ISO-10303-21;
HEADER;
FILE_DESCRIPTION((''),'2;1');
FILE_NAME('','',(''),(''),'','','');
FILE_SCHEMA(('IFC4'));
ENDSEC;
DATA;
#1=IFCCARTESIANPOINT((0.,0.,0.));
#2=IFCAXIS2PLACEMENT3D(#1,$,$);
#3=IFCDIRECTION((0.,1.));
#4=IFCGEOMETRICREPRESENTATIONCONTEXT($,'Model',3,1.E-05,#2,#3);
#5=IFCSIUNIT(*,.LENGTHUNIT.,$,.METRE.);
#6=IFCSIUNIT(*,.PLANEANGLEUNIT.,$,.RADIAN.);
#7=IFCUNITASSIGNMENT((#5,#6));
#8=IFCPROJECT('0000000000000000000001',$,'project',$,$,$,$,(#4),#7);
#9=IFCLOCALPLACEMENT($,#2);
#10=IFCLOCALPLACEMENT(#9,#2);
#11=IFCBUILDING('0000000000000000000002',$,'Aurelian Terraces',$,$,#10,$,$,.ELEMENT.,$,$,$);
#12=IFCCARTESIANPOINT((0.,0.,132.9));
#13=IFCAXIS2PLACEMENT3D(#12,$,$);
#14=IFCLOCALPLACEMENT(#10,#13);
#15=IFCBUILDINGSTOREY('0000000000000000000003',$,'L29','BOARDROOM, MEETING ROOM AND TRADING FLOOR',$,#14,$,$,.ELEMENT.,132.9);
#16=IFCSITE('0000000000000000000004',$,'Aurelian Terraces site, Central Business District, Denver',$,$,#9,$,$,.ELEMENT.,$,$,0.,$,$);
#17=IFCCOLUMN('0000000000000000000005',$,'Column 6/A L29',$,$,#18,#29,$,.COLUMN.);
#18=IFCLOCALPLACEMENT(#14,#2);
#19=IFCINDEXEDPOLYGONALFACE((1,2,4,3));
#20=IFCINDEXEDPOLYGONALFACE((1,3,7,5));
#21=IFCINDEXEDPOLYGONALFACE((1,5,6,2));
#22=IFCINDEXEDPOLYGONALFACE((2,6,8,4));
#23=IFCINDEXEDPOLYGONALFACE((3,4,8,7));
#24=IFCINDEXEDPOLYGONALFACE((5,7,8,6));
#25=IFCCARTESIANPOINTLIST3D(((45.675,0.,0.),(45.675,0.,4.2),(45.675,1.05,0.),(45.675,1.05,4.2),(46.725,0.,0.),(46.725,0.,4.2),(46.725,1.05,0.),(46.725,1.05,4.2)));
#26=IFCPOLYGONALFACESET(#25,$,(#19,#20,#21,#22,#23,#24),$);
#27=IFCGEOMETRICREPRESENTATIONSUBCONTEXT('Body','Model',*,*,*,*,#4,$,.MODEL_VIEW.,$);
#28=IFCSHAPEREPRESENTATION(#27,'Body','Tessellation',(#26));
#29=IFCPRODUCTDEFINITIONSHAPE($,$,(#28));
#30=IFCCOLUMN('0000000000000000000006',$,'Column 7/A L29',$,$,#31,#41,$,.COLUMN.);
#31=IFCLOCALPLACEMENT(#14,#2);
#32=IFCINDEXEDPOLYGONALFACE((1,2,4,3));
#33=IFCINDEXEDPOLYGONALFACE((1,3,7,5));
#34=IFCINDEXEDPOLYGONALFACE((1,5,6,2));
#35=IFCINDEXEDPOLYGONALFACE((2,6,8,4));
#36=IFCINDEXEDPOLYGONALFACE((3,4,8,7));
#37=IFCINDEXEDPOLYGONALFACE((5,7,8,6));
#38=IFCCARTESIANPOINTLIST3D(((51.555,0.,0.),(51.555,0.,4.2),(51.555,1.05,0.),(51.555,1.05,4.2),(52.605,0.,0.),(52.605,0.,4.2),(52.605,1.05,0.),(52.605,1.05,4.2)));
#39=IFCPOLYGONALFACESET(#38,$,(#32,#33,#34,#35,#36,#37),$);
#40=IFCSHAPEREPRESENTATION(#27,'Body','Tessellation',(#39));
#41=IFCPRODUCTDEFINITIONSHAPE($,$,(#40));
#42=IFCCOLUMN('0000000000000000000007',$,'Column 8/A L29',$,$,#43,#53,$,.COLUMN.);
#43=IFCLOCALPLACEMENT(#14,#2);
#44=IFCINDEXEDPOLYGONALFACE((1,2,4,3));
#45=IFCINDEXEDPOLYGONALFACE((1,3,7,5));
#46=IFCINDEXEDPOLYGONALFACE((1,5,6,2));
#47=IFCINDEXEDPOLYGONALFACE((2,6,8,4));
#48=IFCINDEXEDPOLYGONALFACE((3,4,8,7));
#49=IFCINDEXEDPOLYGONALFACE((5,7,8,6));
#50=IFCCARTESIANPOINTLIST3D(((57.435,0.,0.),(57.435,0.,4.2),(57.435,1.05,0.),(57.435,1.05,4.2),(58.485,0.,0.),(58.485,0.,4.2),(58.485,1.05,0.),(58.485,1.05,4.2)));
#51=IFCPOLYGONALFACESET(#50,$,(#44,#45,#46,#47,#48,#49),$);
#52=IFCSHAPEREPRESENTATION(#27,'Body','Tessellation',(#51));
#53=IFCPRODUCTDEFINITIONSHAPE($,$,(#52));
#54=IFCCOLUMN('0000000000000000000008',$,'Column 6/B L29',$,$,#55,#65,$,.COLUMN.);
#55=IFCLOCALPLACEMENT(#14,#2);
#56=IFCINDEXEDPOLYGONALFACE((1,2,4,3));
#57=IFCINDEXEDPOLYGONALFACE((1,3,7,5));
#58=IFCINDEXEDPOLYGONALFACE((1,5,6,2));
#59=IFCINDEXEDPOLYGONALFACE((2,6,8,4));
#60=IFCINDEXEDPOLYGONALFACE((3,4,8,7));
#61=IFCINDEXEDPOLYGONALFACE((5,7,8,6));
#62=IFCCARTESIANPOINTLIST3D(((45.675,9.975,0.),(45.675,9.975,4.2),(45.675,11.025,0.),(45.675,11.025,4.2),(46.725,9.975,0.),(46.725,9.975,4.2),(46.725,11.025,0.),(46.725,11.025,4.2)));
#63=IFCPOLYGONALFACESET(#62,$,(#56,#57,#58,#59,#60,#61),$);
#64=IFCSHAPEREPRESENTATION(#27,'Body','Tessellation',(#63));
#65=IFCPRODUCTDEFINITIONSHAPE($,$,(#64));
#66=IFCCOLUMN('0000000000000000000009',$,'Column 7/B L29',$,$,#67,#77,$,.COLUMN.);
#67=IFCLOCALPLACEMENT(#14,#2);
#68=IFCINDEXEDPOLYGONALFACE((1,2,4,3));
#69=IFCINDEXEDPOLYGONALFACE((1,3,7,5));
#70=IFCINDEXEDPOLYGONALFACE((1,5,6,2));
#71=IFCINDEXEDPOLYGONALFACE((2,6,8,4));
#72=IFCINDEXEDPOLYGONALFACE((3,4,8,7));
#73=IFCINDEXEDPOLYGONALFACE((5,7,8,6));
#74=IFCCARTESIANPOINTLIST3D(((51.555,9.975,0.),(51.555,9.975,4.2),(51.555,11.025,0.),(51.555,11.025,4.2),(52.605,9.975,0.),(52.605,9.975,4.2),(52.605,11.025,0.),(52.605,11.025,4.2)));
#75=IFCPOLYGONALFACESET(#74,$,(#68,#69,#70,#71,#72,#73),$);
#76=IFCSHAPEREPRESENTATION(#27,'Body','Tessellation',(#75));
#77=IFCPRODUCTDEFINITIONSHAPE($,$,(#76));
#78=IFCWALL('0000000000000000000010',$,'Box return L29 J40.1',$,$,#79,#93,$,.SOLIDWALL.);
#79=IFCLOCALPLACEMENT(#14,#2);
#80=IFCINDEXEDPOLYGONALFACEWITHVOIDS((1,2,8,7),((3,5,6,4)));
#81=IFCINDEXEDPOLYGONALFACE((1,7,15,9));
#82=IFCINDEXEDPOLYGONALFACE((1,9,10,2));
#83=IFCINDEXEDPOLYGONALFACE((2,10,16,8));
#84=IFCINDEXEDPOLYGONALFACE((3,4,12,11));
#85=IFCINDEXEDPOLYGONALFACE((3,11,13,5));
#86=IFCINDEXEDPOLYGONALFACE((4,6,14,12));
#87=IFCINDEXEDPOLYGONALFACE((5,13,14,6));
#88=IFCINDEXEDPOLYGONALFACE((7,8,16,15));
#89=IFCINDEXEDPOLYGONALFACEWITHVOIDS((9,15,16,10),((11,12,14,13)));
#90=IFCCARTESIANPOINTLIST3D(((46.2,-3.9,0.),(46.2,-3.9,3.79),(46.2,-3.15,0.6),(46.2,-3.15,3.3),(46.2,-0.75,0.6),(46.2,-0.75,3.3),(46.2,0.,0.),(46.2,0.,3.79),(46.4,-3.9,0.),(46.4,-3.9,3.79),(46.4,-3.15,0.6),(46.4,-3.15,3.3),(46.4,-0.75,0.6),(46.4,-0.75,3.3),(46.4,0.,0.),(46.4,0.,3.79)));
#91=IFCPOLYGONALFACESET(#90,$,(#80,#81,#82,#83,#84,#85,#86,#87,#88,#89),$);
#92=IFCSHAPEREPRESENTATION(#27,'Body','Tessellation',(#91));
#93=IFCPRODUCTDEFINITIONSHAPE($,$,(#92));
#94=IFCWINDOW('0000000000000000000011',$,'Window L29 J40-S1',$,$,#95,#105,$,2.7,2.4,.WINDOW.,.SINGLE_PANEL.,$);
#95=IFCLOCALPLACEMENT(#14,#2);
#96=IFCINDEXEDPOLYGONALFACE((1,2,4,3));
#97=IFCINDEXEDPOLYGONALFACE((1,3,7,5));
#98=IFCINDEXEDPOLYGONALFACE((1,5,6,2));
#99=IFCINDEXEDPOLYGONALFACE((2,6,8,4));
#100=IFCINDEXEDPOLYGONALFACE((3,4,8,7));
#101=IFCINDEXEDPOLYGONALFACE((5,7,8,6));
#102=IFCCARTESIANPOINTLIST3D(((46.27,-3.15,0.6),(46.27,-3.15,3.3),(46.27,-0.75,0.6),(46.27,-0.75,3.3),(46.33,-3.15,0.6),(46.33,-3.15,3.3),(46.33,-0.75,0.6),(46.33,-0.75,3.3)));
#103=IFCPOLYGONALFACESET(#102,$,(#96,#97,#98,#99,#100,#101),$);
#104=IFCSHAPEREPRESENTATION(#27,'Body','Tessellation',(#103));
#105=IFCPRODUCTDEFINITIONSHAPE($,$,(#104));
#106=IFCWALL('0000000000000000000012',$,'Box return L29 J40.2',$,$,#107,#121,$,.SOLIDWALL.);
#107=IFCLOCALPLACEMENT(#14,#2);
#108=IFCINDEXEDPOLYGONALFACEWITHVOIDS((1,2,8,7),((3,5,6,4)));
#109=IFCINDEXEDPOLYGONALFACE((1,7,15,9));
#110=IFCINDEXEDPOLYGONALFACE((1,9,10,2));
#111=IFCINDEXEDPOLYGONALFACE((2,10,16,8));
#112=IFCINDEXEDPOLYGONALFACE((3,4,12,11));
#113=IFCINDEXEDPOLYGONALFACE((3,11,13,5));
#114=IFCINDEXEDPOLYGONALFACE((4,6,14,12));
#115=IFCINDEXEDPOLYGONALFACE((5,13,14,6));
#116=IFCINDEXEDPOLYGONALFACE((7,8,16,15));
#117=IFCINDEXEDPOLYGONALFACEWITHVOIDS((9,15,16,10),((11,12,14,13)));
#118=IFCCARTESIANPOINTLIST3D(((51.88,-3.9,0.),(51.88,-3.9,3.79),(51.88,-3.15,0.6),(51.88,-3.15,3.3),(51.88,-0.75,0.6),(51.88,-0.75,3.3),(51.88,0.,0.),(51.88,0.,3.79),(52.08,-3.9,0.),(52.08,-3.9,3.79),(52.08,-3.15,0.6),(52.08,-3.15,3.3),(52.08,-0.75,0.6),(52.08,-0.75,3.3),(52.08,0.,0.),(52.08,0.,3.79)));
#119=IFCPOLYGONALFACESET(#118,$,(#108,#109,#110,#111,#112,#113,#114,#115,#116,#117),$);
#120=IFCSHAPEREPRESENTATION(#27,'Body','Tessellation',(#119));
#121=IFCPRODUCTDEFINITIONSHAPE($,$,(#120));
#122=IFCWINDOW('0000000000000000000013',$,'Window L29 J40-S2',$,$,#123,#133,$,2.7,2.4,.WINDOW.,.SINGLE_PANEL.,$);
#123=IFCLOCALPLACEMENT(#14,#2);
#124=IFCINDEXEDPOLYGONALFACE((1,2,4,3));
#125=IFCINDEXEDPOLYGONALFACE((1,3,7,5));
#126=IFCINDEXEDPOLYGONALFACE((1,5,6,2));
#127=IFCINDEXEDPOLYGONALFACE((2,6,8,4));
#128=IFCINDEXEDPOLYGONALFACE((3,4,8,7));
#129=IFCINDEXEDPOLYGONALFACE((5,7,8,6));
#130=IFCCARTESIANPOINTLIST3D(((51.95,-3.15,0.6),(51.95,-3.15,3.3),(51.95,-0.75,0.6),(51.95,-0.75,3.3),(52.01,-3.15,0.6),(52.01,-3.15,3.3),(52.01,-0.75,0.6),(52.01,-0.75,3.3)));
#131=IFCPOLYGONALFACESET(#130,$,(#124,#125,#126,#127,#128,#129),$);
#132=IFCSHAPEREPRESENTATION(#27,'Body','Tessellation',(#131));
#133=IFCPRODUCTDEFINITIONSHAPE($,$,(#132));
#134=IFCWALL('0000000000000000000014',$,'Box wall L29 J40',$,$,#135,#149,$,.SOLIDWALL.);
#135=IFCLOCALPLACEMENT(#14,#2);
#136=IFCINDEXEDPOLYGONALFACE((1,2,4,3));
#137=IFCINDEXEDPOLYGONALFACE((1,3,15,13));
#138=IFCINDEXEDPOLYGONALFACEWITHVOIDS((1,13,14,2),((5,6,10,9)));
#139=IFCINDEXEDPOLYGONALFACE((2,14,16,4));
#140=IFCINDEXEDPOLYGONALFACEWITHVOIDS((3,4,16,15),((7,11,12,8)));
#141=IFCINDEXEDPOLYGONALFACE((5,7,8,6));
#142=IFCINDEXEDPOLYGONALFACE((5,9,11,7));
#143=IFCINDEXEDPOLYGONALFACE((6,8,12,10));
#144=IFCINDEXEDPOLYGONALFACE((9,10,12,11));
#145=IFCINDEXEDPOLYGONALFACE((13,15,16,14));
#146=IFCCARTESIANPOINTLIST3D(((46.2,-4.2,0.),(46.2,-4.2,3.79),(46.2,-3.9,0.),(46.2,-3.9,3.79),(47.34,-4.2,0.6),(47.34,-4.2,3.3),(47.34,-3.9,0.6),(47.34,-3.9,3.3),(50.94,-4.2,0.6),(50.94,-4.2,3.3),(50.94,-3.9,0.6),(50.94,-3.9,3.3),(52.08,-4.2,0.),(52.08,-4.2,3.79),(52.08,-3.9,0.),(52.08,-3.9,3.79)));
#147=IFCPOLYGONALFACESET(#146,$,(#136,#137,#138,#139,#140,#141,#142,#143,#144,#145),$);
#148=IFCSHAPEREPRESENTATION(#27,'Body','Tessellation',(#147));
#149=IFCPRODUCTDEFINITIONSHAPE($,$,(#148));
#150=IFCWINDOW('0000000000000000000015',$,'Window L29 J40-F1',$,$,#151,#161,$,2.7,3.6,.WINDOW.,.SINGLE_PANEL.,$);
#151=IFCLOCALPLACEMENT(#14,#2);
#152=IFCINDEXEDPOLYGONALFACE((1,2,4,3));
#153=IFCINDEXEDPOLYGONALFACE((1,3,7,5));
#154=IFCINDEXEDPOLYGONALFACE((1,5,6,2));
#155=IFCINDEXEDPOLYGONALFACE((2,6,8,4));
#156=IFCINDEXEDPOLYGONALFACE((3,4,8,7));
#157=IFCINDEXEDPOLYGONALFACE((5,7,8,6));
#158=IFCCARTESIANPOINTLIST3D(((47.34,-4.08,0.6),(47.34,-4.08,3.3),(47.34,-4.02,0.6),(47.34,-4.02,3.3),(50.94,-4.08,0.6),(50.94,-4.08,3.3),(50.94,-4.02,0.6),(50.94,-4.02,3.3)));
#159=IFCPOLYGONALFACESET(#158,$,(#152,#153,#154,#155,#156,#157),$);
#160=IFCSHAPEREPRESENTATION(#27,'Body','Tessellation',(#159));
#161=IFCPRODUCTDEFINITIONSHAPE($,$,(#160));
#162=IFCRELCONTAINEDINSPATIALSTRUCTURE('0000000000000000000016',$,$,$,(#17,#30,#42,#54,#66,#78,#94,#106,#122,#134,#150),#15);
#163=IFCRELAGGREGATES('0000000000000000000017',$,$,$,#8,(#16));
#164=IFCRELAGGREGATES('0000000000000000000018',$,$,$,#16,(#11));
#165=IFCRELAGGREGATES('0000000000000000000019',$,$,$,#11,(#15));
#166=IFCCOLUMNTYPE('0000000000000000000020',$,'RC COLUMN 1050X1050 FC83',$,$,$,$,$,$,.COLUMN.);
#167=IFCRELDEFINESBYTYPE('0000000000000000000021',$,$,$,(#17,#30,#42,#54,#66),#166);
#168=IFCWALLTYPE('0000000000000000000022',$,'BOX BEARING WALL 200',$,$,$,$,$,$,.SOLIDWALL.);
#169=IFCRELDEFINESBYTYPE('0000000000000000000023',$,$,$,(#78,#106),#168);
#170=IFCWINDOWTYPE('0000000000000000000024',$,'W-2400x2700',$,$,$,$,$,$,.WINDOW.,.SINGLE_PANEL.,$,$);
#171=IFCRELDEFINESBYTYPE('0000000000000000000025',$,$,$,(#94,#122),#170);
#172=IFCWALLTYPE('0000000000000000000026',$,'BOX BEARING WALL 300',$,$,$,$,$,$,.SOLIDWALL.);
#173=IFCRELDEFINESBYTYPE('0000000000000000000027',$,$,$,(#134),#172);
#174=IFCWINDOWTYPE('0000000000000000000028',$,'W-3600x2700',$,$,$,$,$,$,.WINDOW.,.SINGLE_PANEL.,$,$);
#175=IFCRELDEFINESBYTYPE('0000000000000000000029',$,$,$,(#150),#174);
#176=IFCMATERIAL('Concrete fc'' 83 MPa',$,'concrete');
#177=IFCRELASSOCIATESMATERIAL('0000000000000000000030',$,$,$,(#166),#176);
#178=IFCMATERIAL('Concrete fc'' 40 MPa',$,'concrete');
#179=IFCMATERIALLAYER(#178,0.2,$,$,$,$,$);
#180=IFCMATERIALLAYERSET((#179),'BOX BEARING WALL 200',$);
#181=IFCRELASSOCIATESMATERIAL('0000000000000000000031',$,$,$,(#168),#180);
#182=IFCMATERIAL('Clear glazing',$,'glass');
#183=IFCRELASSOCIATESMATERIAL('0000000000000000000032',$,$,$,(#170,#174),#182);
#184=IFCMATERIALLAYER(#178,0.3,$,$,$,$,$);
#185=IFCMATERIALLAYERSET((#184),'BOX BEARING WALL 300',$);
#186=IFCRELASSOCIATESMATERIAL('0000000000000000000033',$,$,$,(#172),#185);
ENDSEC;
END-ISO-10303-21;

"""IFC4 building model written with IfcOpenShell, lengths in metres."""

from ifc_helpers import new_model, si_unit, direction, frame, frame_2d, origin, origin_2d, place, context, subcontext, project, spatial, rectangle, extrude, source, transform, mapped, material, layer, layer_set, material_profile, profile_set, type_object, element, fill, save


model = new_model("IFC4")

# Units and contexts
model_context = context("Model", 3, precision=1e-05, world=origin(), true_north=direction((0.0, 1.0)))
body_context = subcontext(model_context, "Body", "Model", "MODEL_VIEW")
ifc_project = project(units=[si_unit("LENGTHUNIT", "METRE"), si_unit("PLANEANGLEUNIT", "RADIAN")], contexts=[model_context])

# Site, building, storey
site_placement = place(None, origin())
site = spatial("IfcSite", under=ifc_project, at=site_placement, Name="Aurelian Terraces site, Central Business District, Denver", CompositionType="ELEMENT", RefElevation=0.0)
building_placement = place(site_placement, origin())
building = spatial("IfcBuilding", under=site, at=building_placement, Name="Aurelian Terraces", CompositionType="ELEMENT")
storey_placement = place(building_placement, frame((0.0, 0.0, 132.9)))
storey = spatial("IfcBuildingStorey", under=building, at=storey_placement, Name="L29", Description="BOARDROOM, MEETING ROOM AND TRADING FLOOR", CompositionType="ELEMENT", Elevation=132.9)

# Columns
ifc_material_1 = material(Name="Concrete fc' 83 MPa", Category="concrete")
ifc_material_profile = material_profile(ifc_material_1, rectangle(XDim=1.05, YDim=1.05, at=origin_2d()))
ifc_profile_set = profile_set([ifc_material_profile], Name="Concrete fc' 83 MPa")
column_type = type_object("IfcColumnType", Name="RC COLUMN 1050X1050 FC83", PredefinedType="COLUMN", material=ifc_profile_set)
shared_shape_1 = source(origin(), body_context, "Body", "SweptSolid", [
    extrude(rectangle(XDim=1.05, YDim=1.05, at=origin_2d()), origin(), (0.0, 0.0, 1.0), 4.2),
])
for number, where, z_axis, x_axis, name in (
    (1, (46.2, 0.525, 0.0), (0.0, 0.0, 1.0), (1.0, 0.0, 0.0), "Column 6/A L29"),
    (2, (52.08, 0.525, 0.0), (0.0, 0.0, 1.0), (1.0, 0.0, 0.0), "Column 7/A L29"),
    (3, (57.96, 0.525, 0.0), (0.0, 0.0, 1.0), (1.0, 0.0, 0.0), "Column 8/A L29"),
    (4, (46.2, 10.5, 0.0), (0.0, 0.0, 1.0), (1.0, 0.0, 0.0), "Column 6/B L29"),
    (5, (52.08, 10.5, 0.0), (0.0, 0.0, 1.0), (1.0, 0.0, 0.0), "Column 7/B L29"),
):
    element("IfcColumn", number, at=place(storey_placement, frame(where, z_axis=z_axis, x_axis=x_axis)), inside=storey, type_object=column_type, Name=name, PredefinedType="COLUMN", context=body_context, shape_type="MappedRepresentation", body=[
        mapped(shared_shape_1, transform((0.0, 0.0, 0.0), scale=1.0)),
    ])

# Walls, openings, windows
ifc_material_2 = material(Name="Concrete fc' 40 MPa", Category="concrete")
ifc_layer_1 = layer(ifc_material_2, 0.2)
ifc_layer_set_1 = layer_set([ifc_layer_1], Name="BOX BEARING WALL 200")
wall_type_1 = type_object("IfcWallType", Name="BOX BEARING WALL 200", PredefinedType="SOLIDWALL", material=ifc_layer_set_1)
shared_shape_2 = source(origin(), body_context, "Body", "SweptSolid", [
    extrude(rectangle(XDim=3.9, YDim=0.2, at=frame_2d((1.95, 0.0))), origin(), (0.0, 0.0, 1.0), 3.79),
])
wall_1_placement = place(storey_placement, frame((46.3, 0.0, 0.0), z_axis=(0.0, 0.0, 1.0), x_axis=(0.0, -1.0, 0.0)))
wall_1 = element("IfcWall", 6, at=wall_1_placement, inside=storey, type_object=wall_type_1, Name="Box return L29 J40.1", PredefinedType="SOLIDWALL", context=body_context, shape_type="MappedRepresentation", body=[
    mapped(shared_shape_2, transform((0.0, 0.0, 0.0), scale=1.0)),
])
shared_shape_3 = source(origin(), body_context, "Body", "SweptSolid", [
    extrude(rectangle(XDim=2.4, YDim=2.7, at=frame_2d((1.2, 1.35))), frame((0.0, 0.11, 0.0), z_axis=(0.0, -1.0, 0.0), x_axis=(1.0, 0.0, 0.0)), (0.0, 0.0, 1.0), 0.22),
])
opening_1_placement = place(wall_1_placement, frame((0.75, 0.0, 0.6)))
opening_1 = element("IfcOpeningElement", 7, at=opening_1_placement, cuts=wall_1, PredefinedType="OPENING", context=body_context, shape_type="MappedRepresentation", body=[
    mapped(shared_shape_3, transform((0.0, 0.0, 0.0), scale=1.0)),
])
ifc_material_3 = material(Name="Clear glazing", Category="glass")
window_type_1 = type_object("IfcWindowType", Name="W-2400x2700", PartitioningType="SINGLE_PANEL", PredefinedType="WINDOW", material=ifc_material_3)
shared_shape_4 = source(origin(), body_context, "Body", "SweptSolid", [
    extrude(rectangle(XDim=2.4, YDim=2.7, at=frame_2d((1.2, 1.35))), frame((0.0, 0.03, 0.0), z_axis=(0.0, -1.0, 0.0), x_axis=(1.0, 0.0, 0.0)), (0.0, 0.0, 1.0), 0.06),
])
window_1_placement = place(opening_1_placement, origin())
window_1 = element("IfcWindow", 8, at=window_1_placement, inside=storey, type_object=window_type_1, Name="Window L29 J40-S1", OverallHeight=2.7, OverallWidth=2.4, PartitioningType="SINGLE_PANEL", PredefinedType="WINDOW", context=body_context, shape_type="MappedRepresentation", body=[
    mapped(shared_shape_4, transform((0.0, 0.0, 0.0), scale=1.0)),
])
fill(opening_1, window_1)
wall_2_placement = place(storey_placement, frame((51.98, 0.0, 0.0), z_axis=(0.0, 0.0, 1.0), x_axis=(0.0, -1.0, 0.0)))
wall_2 = element("IfcWall", 9, at=wall_2_placement, inside=storey, type_object=wall_type_1, Name="Box return L29 J40.2", PredefinedType="SOLIDWALL", context=body_context, shape_type="MappedRepresentation", body=[
    mapped(shared_shape_2, transform((0.0, 0.0, 0.0), scale=1.0)),
])
opening_2_placement = place(wall_2_placement, frame((0.75, 0.0, 0.6)))
opening_2 = element("IfcOpeningElement", 10, at=opening_2_placement, cuts=wall_2, PredefinedType="OPENING", context=body_context, shape_type="MappedRepresentation", body=[
    mapped(shared_shape_3, transform((0.0, 0.0, 0.0), scale=1.0)),
])
window_2_placement = place(opening_2_placement, origin())
window_2 = element("IfcWindow", 11, at=window_2_placement, inside=storey, type_object=window_type_1, Name="Window L29 J40-S2", OverallHeight=2.7, OverallWidth=2.4, PartitioningType="SINGLE_PANEL", PredefinedType="WINDOW", context=body_context, shape_type="MappedRepresentation", body=[
    mapped(shared_shape_4, transform((0.0, 0.0, 0.0), scale=1.0)),
])
fill(opening_2, window_2)
ifc_layer_2 = layer(ifc_material_2, 0.3)
ifc_layer_set_2 = layer_set([ifc_layer_2], Name="BOX BEARING WALL 300")
wall_type_2 = type_object("IfcWallType", Name="BOX BEARING WALL 300", PredefinedType="SOLIDWALL", material=ifc_layer_set_2)
shared_shape_5 = source(origin(), body_context, "Body", "SweptSolid", [
    extrude(rectangle(XDim=5.88, YDim=0.3, at=frame_2d((2.94, 0.0))), origin(), (0.0, 0.0, 1.0), 3.79),
])
wall_3_placement = place(storey_placement, frame((46.2, -4.05, 0.0), z_axis=(0.0, 0.0, 1.0), x_axis=(1.0, 0.0, 0.0)))
wall_3 = element("IfcWall", 12, at=wall_3_placement, inside=storey, type_object=wall_type_2, Name="Box wall L29 J40", PredefinedType="SOLIDWALL", context=body_context, shape_type="MappedRepresentation", body=[
    mapped(shared_shape_5, transform((0.0, 0.0, 0.0), scale=1.0)),
])
shared_shape_6 = source(origin(), body_context, "Body", "SweptSolid", [
    extrude(rectangle(XDim=3.6, YDim=2.7, at=frame_2d((1.8, 1.35))), frame((0.0, 0.16, 0.0), z_axis=(0.0, -1.0, 0.0), x_axis=(1.0, 0.0, 0.0)), (0.0, 0.0, 1.0), 0.32),
])
opening_3_placement = place(wall_3_placement, frame((1.14, 0.0, 0.6)))
opening_3 = element("IfcOpeningElement", 13, at=opening_3_placement, cuts=wall_3, PredefinedType="OPENING", context=body_context, shape_type="MappedRepresentation", body=[
    mapped(shared_shape_6, transform((0.0, 0.0, 0.0), scale=1.0)),
])
window_type_2 = type_object("IfcWindowType", Name="W-3600x2700", PartitioningType="SINGLE_PANEL", PredefinedType="WINDOW", material=ifc_material_3)
shared_shape_7 = source(origin(), body_context, "Body", "SweptSolid", [
    extrude(rectangle(XDim=3.6, YDim=2.7, at=frame_2d((1.8, 1.35))), frame((0.0, 0.03, 0.0), z_axis=(0.0, -1.0, 0.0), x_axis=(1.0, 0.0, 0.0)), (0.0, 0.0, 1.0), 0.06),
])
window_3_placement = place(opening_3_placement, origin())
window_3 = element("IfcWindow", 14, at=window_3_placement, inside=storey, type_object=window_type_2, Name="Window L29 J40-F1", OverallHeight=2.7, OverallWidth=3.6, PartitioningType="SINGLE_PANEL", PredefinedType="WINDOW", context=body_context, shape_type="MappedRepresentation", body=[
    mapped(shared_shape_7, transform((0.0, 0.0, 0.0), scale=1.0)),
])
fill(opening_3, window_3)

save(model, "model.ifc")
